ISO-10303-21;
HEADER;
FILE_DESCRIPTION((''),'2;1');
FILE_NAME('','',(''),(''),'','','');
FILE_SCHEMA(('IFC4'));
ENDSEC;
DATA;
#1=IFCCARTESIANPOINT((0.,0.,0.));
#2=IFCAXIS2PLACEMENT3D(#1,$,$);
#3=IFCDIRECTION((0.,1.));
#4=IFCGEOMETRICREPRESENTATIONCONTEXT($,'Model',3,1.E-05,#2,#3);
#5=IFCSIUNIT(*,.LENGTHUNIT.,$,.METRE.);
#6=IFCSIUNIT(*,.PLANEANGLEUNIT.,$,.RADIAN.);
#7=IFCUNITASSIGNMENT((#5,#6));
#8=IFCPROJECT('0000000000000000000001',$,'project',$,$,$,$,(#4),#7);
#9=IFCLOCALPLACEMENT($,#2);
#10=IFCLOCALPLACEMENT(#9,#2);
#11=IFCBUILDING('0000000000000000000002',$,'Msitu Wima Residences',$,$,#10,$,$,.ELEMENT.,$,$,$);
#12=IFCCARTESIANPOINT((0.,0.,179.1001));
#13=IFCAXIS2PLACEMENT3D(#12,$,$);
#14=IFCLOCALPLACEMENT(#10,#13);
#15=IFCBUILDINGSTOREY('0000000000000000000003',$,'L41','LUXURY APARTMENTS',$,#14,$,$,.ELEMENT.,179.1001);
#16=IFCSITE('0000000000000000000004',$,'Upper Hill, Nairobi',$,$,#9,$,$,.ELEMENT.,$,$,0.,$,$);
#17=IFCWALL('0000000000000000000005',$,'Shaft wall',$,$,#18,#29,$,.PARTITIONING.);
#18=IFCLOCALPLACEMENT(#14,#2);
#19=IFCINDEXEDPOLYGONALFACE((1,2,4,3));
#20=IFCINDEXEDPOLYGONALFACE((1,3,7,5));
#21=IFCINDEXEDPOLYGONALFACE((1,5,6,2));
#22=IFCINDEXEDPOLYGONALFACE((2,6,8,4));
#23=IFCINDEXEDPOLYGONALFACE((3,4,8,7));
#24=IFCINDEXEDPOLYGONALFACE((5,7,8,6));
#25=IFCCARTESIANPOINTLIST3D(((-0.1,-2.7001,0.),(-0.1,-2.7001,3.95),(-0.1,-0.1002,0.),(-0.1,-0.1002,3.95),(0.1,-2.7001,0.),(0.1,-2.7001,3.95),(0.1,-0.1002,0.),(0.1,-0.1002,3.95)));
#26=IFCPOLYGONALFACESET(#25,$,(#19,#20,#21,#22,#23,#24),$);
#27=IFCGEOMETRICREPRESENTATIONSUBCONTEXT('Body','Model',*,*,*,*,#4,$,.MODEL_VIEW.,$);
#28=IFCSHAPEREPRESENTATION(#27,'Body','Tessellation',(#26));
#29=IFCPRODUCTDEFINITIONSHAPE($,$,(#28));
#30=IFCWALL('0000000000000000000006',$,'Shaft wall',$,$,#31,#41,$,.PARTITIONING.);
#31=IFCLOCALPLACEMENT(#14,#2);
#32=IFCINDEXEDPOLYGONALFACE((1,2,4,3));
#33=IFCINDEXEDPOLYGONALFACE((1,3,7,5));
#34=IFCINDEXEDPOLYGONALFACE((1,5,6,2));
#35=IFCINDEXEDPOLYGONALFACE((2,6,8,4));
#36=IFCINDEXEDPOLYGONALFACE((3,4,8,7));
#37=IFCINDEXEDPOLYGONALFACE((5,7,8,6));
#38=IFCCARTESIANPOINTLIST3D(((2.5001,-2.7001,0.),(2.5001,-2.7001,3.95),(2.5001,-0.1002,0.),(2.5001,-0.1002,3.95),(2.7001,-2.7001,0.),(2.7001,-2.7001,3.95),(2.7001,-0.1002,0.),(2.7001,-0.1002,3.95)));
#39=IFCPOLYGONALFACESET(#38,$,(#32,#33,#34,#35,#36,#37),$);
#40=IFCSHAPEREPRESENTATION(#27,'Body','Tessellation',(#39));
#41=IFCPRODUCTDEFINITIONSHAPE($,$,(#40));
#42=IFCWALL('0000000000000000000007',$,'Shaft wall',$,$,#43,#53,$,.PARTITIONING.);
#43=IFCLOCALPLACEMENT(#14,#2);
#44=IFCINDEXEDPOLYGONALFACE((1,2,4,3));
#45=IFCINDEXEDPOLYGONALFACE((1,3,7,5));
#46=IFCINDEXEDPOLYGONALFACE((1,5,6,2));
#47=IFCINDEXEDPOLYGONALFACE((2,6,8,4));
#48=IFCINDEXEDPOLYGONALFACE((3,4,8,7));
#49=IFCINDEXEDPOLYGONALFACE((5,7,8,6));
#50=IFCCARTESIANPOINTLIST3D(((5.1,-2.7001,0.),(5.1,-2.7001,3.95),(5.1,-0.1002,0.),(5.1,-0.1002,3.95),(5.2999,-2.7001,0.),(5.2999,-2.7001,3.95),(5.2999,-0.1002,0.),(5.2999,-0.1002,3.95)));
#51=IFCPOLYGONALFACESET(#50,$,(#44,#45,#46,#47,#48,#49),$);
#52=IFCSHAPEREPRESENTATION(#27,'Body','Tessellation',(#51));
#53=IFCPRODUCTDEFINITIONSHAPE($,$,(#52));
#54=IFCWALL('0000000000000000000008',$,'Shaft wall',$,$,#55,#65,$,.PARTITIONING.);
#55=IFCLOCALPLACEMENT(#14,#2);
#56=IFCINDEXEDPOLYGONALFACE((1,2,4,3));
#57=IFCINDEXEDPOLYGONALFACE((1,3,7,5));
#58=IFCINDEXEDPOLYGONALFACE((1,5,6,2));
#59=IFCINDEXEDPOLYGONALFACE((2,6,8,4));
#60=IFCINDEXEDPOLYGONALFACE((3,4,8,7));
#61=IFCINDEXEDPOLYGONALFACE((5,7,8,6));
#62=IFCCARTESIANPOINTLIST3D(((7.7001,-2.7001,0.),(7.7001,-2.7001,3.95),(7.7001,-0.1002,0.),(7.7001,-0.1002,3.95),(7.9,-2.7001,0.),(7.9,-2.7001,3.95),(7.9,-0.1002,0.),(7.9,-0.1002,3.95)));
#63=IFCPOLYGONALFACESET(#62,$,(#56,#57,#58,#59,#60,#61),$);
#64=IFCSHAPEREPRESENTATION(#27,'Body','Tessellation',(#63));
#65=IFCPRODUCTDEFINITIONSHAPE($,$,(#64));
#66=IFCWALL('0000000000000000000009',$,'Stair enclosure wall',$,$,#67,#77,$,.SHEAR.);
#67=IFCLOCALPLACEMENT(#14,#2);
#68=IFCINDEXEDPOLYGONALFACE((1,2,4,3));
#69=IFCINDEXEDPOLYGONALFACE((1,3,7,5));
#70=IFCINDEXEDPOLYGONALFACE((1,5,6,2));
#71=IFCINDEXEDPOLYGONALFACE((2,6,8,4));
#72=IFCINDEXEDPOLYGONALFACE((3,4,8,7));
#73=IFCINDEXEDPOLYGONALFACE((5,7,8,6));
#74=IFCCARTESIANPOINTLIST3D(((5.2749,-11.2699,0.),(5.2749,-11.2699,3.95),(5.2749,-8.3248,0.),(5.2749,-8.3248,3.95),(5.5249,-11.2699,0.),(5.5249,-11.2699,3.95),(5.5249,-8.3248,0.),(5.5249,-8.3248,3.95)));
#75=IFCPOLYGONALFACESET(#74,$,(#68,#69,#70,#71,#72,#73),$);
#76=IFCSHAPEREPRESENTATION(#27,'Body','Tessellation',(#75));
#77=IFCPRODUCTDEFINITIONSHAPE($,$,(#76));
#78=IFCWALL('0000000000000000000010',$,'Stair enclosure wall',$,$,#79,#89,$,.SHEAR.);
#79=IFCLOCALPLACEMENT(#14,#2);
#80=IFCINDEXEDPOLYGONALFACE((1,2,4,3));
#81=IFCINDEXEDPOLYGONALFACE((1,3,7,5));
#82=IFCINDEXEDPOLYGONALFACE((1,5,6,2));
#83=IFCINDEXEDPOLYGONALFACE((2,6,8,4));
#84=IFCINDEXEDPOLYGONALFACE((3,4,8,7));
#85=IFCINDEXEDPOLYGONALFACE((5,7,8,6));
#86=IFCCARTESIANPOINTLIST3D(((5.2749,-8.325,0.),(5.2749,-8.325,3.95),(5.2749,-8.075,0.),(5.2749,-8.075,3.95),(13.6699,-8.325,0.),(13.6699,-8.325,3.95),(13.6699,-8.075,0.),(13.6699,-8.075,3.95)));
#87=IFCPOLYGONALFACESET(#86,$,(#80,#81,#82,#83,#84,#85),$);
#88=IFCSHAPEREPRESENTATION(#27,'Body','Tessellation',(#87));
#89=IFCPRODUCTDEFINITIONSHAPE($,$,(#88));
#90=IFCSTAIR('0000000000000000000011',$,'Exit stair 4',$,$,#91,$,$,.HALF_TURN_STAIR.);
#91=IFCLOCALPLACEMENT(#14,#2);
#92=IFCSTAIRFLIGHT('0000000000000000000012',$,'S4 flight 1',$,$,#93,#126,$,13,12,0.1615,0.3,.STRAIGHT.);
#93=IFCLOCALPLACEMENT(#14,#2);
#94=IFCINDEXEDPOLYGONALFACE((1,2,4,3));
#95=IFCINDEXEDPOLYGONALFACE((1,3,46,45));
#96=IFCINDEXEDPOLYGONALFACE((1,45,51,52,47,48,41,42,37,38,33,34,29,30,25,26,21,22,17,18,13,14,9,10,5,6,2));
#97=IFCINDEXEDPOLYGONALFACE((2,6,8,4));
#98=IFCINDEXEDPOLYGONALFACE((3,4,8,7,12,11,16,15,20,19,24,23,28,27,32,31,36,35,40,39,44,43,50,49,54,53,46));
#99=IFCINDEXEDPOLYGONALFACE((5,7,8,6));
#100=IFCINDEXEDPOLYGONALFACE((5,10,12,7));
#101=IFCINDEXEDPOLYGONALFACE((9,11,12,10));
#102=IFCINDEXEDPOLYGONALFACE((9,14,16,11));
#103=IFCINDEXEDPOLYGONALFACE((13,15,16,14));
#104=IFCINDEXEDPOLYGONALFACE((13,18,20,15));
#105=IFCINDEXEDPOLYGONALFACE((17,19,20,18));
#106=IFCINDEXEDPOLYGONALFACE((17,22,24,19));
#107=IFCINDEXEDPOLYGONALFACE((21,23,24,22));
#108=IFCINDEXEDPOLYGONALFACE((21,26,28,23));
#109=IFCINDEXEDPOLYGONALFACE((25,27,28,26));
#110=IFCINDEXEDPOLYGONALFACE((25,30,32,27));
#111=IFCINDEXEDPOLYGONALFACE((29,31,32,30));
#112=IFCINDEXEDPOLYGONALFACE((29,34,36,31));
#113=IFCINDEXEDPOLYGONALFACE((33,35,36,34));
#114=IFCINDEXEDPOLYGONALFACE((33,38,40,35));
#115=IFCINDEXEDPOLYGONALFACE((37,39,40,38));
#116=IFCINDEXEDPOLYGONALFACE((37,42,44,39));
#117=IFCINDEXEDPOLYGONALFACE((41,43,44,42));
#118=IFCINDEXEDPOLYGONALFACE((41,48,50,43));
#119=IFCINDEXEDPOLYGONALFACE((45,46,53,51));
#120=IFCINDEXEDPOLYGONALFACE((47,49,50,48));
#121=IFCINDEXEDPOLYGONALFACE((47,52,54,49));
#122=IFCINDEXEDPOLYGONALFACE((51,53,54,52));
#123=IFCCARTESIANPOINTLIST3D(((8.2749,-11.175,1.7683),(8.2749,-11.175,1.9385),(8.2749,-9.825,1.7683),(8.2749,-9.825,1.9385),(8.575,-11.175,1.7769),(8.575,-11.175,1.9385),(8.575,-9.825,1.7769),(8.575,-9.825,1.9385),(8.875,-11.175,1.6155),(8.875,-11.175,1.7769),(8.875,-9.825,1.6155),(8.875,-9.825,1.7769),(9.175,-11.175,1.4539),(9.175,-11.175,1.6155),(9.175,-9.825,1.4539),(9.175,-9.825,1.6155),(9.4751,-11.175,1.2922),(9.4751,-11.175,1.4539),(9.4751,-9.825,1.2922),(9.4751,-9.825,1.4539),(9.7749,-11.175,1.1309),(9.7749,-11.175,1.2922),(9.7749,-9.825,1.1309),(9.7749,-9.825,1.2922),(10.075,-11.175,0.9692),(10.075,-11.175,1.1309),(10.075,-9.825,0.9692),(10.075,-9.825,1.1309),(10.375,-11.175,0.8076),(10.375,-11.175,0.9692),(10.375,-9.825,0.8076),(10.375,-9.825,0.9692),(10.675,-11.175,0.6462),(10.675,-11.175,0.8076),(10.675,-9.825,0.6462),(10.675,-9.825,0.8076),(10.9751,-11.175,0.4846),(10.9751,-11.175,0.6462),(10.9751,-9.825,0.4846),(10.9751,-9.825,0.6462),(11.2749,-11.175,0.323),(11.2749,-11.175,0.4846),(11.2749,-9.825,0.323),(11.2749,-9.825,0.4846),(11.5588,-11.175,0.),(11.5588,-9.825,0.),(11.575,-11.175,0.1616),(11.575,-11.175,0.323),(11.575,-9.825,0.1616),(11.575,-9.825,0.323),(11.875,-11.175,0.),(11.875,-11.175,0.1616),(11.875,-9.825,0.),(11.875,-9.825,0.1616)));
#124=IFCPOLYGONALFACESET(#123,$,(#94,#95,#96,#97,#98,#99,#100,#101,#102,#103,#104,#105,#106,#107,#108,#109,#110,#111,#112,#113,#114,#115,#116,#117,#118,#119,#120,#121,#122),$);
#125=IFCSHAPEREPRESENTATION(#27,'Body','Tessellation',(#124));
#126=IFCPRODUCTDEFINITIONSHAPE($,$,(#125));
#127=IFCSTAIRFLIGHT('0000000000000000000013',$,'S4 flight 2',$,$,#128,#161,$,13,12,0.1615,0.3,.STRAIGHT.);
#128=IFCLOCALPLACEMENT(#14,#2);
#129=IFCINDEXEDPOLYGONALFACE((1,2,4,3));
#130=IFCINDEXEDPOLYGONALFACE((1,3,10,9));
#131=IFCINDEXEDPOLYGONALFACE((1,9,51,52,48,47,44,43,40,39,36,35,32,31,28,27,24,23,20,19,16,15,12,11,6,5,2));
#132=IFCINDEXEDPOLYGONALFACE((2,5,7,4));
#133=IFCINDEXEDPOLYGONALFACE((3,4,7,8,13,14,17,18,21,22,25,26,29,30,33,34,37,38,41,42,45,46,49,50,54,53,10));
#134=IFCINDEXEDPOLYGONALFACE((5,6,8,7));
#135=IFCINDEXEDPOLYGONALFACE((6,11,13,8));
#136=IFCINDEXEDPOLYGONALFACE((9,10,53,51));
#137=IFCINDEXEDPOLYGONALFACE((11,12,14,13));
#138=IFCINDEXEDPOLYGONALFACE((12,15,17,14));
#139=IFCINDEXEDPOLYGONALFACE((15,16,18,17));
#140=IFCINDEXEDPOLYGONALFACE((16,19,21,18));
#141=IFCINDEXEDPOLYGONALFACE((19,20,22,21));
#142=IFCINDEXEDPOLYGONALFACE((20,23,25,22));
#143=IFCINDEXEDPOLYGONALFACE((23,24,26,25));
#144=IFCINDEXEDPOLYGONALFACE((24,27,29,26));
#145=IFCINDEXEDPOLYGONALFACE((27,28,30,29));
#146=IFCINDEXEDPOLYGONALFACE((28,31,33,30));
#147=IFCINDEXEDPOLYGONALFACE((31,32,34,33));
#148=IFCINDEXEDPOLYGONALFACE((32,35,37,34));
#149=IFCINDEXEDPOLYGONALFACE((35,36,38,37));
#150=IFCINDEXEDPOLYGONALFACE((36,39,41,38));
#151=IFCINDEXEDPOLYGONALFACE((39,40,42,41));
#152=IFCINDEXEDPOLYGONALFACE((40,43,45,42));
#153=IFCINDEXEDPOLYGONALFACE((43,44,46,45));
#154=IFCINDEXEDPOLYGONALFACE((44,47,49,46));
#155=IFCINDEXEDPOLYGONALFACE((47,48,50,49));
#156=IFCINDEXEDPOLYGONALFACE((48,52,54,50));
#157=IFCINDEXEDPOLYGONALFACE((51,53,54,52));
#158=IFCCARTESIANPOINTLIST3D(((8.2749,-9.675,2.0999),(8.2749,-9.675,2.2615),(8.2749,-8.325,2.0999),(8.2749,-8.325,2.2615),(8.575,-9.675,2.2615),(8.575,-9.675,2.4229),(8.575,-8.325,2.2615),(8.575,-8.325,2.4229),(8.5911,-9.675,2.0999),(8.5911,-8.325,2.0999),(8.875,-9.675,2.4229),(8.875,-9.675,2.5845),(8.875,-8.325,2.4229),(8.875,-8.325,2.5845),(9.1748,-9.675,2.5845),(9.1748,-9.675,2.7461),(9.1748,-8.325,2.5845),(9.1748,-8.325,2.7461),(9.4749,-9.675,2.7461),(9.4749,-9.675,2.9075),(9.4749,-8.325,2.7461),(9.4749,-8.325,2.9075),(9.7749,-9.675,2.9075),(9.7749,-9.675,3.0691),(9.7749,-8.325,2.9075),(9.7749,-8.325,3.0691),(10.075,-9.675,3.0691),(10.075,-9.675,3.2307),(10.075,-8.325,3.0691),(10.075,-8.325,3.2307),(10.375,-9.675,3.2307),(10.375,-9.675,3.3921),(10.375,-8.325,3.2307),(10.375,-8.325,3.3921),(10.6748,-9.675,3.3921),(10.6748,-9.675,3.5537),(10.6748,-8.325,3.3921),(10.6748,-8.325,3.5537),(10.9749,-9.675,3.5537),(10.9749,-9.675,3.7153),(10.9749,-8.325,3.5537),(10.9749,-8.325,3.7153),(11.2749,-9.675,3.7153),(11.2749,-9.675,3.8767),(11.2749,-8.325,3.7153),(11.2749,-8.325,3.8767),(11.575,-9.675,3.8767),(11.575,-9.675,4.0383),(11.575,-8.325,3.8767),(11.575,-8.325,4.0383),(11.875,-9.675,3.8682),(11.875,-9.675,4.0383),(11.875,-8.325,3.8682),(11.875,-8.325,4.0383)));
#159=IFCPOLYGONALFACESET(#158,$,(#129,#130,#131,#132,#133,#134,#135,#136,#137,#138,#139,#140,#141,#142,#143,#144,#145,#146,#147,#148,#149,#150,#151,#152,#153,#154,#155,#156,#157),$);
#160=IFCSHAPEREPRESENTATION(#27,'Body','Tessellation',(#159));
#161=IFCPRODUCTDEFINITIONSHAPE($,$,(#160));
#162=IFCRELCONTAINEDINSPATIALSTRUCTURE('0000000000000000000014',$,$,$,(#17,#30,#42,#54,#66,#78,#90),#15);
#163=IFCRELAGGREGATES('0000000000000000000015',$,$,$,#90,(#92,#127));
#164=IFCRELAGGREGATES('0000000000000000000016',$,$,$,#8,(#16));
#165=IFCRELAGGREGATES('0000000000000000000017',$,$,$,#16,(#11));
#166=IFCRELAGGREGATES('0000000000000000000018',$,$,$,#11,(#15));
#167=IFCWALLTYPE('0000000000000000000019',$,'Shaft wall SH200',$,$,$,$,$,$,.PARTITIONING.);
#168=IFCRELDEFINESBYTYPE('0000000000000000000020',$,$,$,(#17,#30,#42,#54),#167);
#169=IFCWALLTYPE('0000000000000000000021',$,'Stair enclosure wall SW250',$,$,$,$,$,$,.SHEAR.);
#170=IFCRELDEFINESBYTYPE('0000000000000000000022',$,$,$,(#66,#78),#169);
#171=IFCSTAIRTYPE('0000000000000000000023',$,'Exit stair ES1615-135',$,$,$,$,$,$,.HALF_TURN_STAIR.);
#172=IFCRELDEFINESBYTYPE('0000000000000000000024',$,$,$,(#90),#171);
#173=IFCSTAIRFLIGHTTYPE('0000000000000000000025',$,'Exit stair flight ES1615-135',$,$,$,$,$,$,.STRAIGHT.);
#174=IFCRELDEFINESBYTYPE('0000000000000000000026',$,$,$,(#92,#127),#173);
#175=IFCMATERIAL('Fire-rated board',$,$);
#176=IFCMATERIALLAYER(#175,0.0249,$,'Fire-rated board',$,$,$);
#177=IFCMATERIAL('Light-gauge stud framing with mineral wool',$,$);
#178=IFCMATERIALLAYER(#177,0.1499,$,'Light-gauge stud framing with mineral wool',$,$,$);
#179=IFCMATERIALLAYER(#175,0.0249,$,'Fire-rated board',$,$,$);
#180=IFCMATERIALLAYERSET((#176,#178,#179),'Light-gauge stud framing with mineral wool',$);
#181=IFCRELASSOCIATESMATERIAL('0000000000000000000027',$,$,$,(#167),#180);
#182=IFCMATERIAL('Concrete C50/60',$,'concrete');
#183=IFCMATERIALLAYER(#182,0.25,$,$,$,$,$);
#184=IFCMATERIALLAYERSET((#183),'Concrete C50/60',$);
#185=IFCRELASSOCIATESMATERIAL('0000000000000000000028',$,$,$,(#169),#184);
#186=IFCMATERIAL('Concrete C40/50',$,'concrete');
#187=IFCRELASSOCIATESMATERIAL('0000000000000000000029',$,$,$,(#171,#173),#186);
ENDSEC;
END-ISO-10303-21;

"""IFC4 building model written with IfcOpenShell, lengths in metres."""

from ifc_helpers import new_model, si_unit, direction, frame, frame_2d, origin, place, context, subcontext, project, spatial, polyline, rectangle, outline, extrude, material, layer, layer_set, type_object, element, aggregate, save


model = new_model("IFC4")

# Units and contexts
model_context = context("Model", 3, precision=1e-05, world=origin(), true_north=direction((0.0, 1.0)))
body_context = subcontext(model_context, "Body", "Model", "MODEL_VIEW")
ifc_project = project(units=[si_unit("LENGTHUNIT", "METRE"), si_unit("PLANEANGLEUNIT", "RADIAN")], contexts=[model_context])

# Site, building, storey
site_placement = place(None, origin())
site = spatial("IfcSite", under=ifc_project, at=site_placement, Name="Upper Hill, Nairobi", CompositionType="ELEMENT", RefElevation=0.0)
building_placement = place(site_placement, origin())
building = spatial("IfcBuilding", under=site, at=building_placement, Name="Msitu Wima Residences", CompositionType="ELEMENT")
storey_placement = place(building_placement, frame((0.0, 0.0, 179.1001)))
storey = spatial("IfcBuildingStorey", under=building, at=storey_placement, Name="L41", Description="LUXURY APARTMENTS", CompositionType="ELEMENT", Elevation=179.1001)

# Shared definitions
ifc_material_1 = material(Name="Concrete C40/50", Category="concrete")

# Walls
ifc_material_2 = material(Name="Fire-rated board")
ifc_layer_1 = layer(ifc_material_2, 0.0249, Name="Fire-rated board")
ifc_material_3 = material(Name="Light-gauge stud framing with mineral wool")
ifc_layer_2 = layer(ifc_material_3, 0.1499, Name="Light-gauge stud framing with mineral wool")
ifc_layer_3 = layer(ifc_material_2, 0.0249, Name="Fire-rated board")
ifc_layer_set_1 = layer_set([ifc_layer_1, ifc_layer_2, ifc_layer_3], Name="Light-gauge stud framing with mineral wool")
wall_type_1 = type_object("IfcWallType", Name="Shaft wall SH200", PredefinedType="PARTITIONING", material=ifc_layer_set_1)
for number, where, z_axis, x_axis, name in (
    (1, (0.0, -2.7, 0.0), (0.0, 0.0, 1.0), (0.0, 1.0, 0.0), "Shaft wall"),
    (2, (2.6001, -2.7, 0.0), (0.0, 0.0, 1.0), (0.0, 1.0, 0.0), "Shaft wall"),
    (3, (5.2, -2.7, 0.0), (0.0, 0.0, 1.0), (0.0, 1.0, 0.0), "Shaft wall"),
    (4, (7.8, -2.7, 0.0), (0.0, 0.0, 1.0), (0.0, 1.0, 0.0), "Shaft wall"),
):
    element("IfcWall", number, at=place(storey_placement, frame(where, z_axis=z_axis, x_axis=x_axis)), inside=storey, type_object=wall_type_1, Name=name, PredefinedType="PARTITIONING", context=body_context, shape_type="SweptSolid", body=[
        extrude(rectangle(XDim=2.5999, YDim=0.2, at=frame_2d((1.2998, 0.0))), origin(), (0.0, 0.0, 1.0), 3.95),
    ])
ifc_material_4 = material(Name="Concrete C50/60", Category="concrete")
ifc_layer_4 = layer(ifc_material_4, 0.25)
ifc_layer_set_2 = layer_set([ifc_layer_4], Name="Concrete C50/60")
wall_type_2 = type_object("IfcWallType", Name="Stair enclosure wall SW250", PredefinedType="SHEAR", material=ifc_layer_set_2)
wall_1_placement = place(storey_placement, frame((5.3999, -11.27, 0.0), z_axis=(0.0, 0.0, 1.0), x_axis=(0.0, 1.0, 0.0)))
element("IfcWall", 5, at=wall_1_placement, inside=storey, type_object=wall_type_2, Name="Stair enclosure wall", PredefinedType="SHEAR", context=body_context, shape_type="SweptSolid", body=[
    extrude(rectangle(XDim=2.9451, YDim=0.25, at=frame_2d((1.4727, 0.0))), origin(), (0.0, 0.0, 1.0), 3.95),
])
wall_2_placement = place(storey_placement, frame((5.2749, -8.2, 0.0), z_axis=(0.0, 0.0, 1.0), x_axis=(1.0, 0.0, 0.0)))
element("IfcWall", 6, at=wall_2_placement, inside=storey, type_object=wall_type_2, Name="Stair enclosure wall", PredefinedType="SHEAR", context=body_context, shape_type="SweptSolid", body=[
    extrude(rectangle(XDim=8.395, YDim=0.25, at=frame_2d((4.1975, 0.0))), origin(), (0.0, 0.0, 1.0), 3.95),
])

# Stair, stair flights
stair_type = type_object("IfcStairType", Name="Exit stair ES1615-135", PredefinedType="HALF_TURN_STAIR", material=ifc_material_1)
stair_placement = place(storey_placement, origin())
stair = element("IfcStair", 7, at=stair_placement, inside=storey, type_object=stair_type, Name="Exit stair 4", PredefinedType="HALF_TURN_STAIR")
stair_flight_type = type_object("IfcStairFlightType", Name="Exit stair flight ES1615-135", PredefinedType="STRAIGHT", material=ifc_material_1)
stair_flight_1_placement = place(storey_placement, frame((11.875, -10.5, 0.0), z_axis=(0.0, 0.0, 1.0), x_axis=(-1.0, 0.0, 0.0)))
stair_flight_1 = element("IfcStairFlight", 8, at=stair_flight_1_placement, type_object=stair_flight_type, Name="S4 flight 1", NumberOfRisers=13, NumberOfTreads=12, PredefinedType="STRAIGHT", RiserHeight=0.1615, TreadLength=0.3, context=body_context, shape_type="SweptSolid", body=[
    extrude(outline(polyline([(0.0, 0.0), (0.0, 0.1616), (0.3, 0.1616), (0.3, 0.323), (0.6001, 0.323), (0.6001, 0.4846), (0.8999, 0.4846), (0.8999, 0.6462), (1.2, 0.6462), (1.2, 0.8076), (1.5, 0.8076), (1.5, 0.9692), (1.8, 0.9692), (1.8, 1.1309), (2.1001, 1.1309), (2.1001, 1.2922), (2.3999, 1.2922), (2.3999, 1.4539), (2.7, 1.4539), (2.7, 1.6155), (3.0, 1.6155), (3.0, 1.7769), (3.3, 1.7769), (3.3, 1.9385), (3.6001, 1.9385), (3.6001, 2.1001), (3.6001, 1.7683), (0.3162, 0.0), (0.0, 0.0)])), frame((0.0, 0.675, 0.0), z_axis=(0.0, -1.0, 0.0), x_axis=(1.0, 0.0, 0.0)), (0.0, 0.0, 1.0), 1.3501),
])
stair_flight_2_placement = place(storey_placement, frame((8.2749, -9.0, 2.0999), z_axis=(0.0, 0.0, 1.0), x_axis=(1.0, 0.0, 0.0)))
stair_flight_2 = element("IfcStairFlight", 9, at=stair_flight_2_placement, type_object=stair_flight_type, Name="S4 flight 2", NumberOfRisers=13, NumberOfTreads=12, PredefinedType="STRAIGHT", RiserHeight=0.1615, TreadLength=0.3, context=body_context, shape_type="SweptSolid", body=[
    extrude(outline(polyline([(0.0, 0.0), (0.0, 0.1616), (0.3, 0.1616), (0.3, 0.323), (0.6001, 0.323), (0.6001, 0.4846), (0.8999, 0.4846), (0.8999, 0.6462), (1.2, 0.6462), (1.2, 0.8076), (1.5, 0.8076), (1.5, 0.9692), (1.8, 0.9692), (1.8, 1.1309), (2.1001, 1.1309), (2.1001, 1.2922), (2.3999, 1.2922), (2.3999, 1.4539), (2.7, 1.4539), (2.7, 1.6155), (3.0, 1.6155), (3.0, 1.7769), (3.3, 1.7769), (3.3, 1.9385), (3.6001, 1.9385), (3.6001, 2.1001), (3.6001, 1.7683), (0.3162, 0.0), (0.0, 0.0)])), frame((0.0, 0.675, 0.0), z_axis=(0.0, -1.0, 0.0), x_axis=(1.0, 0.0, 0.0)), (0.0, 0.0, 1.0), 1.3501),
])
aggregate(stair, [stair_flight_1, stair_flight_2])

save(model, "model.ifc")
